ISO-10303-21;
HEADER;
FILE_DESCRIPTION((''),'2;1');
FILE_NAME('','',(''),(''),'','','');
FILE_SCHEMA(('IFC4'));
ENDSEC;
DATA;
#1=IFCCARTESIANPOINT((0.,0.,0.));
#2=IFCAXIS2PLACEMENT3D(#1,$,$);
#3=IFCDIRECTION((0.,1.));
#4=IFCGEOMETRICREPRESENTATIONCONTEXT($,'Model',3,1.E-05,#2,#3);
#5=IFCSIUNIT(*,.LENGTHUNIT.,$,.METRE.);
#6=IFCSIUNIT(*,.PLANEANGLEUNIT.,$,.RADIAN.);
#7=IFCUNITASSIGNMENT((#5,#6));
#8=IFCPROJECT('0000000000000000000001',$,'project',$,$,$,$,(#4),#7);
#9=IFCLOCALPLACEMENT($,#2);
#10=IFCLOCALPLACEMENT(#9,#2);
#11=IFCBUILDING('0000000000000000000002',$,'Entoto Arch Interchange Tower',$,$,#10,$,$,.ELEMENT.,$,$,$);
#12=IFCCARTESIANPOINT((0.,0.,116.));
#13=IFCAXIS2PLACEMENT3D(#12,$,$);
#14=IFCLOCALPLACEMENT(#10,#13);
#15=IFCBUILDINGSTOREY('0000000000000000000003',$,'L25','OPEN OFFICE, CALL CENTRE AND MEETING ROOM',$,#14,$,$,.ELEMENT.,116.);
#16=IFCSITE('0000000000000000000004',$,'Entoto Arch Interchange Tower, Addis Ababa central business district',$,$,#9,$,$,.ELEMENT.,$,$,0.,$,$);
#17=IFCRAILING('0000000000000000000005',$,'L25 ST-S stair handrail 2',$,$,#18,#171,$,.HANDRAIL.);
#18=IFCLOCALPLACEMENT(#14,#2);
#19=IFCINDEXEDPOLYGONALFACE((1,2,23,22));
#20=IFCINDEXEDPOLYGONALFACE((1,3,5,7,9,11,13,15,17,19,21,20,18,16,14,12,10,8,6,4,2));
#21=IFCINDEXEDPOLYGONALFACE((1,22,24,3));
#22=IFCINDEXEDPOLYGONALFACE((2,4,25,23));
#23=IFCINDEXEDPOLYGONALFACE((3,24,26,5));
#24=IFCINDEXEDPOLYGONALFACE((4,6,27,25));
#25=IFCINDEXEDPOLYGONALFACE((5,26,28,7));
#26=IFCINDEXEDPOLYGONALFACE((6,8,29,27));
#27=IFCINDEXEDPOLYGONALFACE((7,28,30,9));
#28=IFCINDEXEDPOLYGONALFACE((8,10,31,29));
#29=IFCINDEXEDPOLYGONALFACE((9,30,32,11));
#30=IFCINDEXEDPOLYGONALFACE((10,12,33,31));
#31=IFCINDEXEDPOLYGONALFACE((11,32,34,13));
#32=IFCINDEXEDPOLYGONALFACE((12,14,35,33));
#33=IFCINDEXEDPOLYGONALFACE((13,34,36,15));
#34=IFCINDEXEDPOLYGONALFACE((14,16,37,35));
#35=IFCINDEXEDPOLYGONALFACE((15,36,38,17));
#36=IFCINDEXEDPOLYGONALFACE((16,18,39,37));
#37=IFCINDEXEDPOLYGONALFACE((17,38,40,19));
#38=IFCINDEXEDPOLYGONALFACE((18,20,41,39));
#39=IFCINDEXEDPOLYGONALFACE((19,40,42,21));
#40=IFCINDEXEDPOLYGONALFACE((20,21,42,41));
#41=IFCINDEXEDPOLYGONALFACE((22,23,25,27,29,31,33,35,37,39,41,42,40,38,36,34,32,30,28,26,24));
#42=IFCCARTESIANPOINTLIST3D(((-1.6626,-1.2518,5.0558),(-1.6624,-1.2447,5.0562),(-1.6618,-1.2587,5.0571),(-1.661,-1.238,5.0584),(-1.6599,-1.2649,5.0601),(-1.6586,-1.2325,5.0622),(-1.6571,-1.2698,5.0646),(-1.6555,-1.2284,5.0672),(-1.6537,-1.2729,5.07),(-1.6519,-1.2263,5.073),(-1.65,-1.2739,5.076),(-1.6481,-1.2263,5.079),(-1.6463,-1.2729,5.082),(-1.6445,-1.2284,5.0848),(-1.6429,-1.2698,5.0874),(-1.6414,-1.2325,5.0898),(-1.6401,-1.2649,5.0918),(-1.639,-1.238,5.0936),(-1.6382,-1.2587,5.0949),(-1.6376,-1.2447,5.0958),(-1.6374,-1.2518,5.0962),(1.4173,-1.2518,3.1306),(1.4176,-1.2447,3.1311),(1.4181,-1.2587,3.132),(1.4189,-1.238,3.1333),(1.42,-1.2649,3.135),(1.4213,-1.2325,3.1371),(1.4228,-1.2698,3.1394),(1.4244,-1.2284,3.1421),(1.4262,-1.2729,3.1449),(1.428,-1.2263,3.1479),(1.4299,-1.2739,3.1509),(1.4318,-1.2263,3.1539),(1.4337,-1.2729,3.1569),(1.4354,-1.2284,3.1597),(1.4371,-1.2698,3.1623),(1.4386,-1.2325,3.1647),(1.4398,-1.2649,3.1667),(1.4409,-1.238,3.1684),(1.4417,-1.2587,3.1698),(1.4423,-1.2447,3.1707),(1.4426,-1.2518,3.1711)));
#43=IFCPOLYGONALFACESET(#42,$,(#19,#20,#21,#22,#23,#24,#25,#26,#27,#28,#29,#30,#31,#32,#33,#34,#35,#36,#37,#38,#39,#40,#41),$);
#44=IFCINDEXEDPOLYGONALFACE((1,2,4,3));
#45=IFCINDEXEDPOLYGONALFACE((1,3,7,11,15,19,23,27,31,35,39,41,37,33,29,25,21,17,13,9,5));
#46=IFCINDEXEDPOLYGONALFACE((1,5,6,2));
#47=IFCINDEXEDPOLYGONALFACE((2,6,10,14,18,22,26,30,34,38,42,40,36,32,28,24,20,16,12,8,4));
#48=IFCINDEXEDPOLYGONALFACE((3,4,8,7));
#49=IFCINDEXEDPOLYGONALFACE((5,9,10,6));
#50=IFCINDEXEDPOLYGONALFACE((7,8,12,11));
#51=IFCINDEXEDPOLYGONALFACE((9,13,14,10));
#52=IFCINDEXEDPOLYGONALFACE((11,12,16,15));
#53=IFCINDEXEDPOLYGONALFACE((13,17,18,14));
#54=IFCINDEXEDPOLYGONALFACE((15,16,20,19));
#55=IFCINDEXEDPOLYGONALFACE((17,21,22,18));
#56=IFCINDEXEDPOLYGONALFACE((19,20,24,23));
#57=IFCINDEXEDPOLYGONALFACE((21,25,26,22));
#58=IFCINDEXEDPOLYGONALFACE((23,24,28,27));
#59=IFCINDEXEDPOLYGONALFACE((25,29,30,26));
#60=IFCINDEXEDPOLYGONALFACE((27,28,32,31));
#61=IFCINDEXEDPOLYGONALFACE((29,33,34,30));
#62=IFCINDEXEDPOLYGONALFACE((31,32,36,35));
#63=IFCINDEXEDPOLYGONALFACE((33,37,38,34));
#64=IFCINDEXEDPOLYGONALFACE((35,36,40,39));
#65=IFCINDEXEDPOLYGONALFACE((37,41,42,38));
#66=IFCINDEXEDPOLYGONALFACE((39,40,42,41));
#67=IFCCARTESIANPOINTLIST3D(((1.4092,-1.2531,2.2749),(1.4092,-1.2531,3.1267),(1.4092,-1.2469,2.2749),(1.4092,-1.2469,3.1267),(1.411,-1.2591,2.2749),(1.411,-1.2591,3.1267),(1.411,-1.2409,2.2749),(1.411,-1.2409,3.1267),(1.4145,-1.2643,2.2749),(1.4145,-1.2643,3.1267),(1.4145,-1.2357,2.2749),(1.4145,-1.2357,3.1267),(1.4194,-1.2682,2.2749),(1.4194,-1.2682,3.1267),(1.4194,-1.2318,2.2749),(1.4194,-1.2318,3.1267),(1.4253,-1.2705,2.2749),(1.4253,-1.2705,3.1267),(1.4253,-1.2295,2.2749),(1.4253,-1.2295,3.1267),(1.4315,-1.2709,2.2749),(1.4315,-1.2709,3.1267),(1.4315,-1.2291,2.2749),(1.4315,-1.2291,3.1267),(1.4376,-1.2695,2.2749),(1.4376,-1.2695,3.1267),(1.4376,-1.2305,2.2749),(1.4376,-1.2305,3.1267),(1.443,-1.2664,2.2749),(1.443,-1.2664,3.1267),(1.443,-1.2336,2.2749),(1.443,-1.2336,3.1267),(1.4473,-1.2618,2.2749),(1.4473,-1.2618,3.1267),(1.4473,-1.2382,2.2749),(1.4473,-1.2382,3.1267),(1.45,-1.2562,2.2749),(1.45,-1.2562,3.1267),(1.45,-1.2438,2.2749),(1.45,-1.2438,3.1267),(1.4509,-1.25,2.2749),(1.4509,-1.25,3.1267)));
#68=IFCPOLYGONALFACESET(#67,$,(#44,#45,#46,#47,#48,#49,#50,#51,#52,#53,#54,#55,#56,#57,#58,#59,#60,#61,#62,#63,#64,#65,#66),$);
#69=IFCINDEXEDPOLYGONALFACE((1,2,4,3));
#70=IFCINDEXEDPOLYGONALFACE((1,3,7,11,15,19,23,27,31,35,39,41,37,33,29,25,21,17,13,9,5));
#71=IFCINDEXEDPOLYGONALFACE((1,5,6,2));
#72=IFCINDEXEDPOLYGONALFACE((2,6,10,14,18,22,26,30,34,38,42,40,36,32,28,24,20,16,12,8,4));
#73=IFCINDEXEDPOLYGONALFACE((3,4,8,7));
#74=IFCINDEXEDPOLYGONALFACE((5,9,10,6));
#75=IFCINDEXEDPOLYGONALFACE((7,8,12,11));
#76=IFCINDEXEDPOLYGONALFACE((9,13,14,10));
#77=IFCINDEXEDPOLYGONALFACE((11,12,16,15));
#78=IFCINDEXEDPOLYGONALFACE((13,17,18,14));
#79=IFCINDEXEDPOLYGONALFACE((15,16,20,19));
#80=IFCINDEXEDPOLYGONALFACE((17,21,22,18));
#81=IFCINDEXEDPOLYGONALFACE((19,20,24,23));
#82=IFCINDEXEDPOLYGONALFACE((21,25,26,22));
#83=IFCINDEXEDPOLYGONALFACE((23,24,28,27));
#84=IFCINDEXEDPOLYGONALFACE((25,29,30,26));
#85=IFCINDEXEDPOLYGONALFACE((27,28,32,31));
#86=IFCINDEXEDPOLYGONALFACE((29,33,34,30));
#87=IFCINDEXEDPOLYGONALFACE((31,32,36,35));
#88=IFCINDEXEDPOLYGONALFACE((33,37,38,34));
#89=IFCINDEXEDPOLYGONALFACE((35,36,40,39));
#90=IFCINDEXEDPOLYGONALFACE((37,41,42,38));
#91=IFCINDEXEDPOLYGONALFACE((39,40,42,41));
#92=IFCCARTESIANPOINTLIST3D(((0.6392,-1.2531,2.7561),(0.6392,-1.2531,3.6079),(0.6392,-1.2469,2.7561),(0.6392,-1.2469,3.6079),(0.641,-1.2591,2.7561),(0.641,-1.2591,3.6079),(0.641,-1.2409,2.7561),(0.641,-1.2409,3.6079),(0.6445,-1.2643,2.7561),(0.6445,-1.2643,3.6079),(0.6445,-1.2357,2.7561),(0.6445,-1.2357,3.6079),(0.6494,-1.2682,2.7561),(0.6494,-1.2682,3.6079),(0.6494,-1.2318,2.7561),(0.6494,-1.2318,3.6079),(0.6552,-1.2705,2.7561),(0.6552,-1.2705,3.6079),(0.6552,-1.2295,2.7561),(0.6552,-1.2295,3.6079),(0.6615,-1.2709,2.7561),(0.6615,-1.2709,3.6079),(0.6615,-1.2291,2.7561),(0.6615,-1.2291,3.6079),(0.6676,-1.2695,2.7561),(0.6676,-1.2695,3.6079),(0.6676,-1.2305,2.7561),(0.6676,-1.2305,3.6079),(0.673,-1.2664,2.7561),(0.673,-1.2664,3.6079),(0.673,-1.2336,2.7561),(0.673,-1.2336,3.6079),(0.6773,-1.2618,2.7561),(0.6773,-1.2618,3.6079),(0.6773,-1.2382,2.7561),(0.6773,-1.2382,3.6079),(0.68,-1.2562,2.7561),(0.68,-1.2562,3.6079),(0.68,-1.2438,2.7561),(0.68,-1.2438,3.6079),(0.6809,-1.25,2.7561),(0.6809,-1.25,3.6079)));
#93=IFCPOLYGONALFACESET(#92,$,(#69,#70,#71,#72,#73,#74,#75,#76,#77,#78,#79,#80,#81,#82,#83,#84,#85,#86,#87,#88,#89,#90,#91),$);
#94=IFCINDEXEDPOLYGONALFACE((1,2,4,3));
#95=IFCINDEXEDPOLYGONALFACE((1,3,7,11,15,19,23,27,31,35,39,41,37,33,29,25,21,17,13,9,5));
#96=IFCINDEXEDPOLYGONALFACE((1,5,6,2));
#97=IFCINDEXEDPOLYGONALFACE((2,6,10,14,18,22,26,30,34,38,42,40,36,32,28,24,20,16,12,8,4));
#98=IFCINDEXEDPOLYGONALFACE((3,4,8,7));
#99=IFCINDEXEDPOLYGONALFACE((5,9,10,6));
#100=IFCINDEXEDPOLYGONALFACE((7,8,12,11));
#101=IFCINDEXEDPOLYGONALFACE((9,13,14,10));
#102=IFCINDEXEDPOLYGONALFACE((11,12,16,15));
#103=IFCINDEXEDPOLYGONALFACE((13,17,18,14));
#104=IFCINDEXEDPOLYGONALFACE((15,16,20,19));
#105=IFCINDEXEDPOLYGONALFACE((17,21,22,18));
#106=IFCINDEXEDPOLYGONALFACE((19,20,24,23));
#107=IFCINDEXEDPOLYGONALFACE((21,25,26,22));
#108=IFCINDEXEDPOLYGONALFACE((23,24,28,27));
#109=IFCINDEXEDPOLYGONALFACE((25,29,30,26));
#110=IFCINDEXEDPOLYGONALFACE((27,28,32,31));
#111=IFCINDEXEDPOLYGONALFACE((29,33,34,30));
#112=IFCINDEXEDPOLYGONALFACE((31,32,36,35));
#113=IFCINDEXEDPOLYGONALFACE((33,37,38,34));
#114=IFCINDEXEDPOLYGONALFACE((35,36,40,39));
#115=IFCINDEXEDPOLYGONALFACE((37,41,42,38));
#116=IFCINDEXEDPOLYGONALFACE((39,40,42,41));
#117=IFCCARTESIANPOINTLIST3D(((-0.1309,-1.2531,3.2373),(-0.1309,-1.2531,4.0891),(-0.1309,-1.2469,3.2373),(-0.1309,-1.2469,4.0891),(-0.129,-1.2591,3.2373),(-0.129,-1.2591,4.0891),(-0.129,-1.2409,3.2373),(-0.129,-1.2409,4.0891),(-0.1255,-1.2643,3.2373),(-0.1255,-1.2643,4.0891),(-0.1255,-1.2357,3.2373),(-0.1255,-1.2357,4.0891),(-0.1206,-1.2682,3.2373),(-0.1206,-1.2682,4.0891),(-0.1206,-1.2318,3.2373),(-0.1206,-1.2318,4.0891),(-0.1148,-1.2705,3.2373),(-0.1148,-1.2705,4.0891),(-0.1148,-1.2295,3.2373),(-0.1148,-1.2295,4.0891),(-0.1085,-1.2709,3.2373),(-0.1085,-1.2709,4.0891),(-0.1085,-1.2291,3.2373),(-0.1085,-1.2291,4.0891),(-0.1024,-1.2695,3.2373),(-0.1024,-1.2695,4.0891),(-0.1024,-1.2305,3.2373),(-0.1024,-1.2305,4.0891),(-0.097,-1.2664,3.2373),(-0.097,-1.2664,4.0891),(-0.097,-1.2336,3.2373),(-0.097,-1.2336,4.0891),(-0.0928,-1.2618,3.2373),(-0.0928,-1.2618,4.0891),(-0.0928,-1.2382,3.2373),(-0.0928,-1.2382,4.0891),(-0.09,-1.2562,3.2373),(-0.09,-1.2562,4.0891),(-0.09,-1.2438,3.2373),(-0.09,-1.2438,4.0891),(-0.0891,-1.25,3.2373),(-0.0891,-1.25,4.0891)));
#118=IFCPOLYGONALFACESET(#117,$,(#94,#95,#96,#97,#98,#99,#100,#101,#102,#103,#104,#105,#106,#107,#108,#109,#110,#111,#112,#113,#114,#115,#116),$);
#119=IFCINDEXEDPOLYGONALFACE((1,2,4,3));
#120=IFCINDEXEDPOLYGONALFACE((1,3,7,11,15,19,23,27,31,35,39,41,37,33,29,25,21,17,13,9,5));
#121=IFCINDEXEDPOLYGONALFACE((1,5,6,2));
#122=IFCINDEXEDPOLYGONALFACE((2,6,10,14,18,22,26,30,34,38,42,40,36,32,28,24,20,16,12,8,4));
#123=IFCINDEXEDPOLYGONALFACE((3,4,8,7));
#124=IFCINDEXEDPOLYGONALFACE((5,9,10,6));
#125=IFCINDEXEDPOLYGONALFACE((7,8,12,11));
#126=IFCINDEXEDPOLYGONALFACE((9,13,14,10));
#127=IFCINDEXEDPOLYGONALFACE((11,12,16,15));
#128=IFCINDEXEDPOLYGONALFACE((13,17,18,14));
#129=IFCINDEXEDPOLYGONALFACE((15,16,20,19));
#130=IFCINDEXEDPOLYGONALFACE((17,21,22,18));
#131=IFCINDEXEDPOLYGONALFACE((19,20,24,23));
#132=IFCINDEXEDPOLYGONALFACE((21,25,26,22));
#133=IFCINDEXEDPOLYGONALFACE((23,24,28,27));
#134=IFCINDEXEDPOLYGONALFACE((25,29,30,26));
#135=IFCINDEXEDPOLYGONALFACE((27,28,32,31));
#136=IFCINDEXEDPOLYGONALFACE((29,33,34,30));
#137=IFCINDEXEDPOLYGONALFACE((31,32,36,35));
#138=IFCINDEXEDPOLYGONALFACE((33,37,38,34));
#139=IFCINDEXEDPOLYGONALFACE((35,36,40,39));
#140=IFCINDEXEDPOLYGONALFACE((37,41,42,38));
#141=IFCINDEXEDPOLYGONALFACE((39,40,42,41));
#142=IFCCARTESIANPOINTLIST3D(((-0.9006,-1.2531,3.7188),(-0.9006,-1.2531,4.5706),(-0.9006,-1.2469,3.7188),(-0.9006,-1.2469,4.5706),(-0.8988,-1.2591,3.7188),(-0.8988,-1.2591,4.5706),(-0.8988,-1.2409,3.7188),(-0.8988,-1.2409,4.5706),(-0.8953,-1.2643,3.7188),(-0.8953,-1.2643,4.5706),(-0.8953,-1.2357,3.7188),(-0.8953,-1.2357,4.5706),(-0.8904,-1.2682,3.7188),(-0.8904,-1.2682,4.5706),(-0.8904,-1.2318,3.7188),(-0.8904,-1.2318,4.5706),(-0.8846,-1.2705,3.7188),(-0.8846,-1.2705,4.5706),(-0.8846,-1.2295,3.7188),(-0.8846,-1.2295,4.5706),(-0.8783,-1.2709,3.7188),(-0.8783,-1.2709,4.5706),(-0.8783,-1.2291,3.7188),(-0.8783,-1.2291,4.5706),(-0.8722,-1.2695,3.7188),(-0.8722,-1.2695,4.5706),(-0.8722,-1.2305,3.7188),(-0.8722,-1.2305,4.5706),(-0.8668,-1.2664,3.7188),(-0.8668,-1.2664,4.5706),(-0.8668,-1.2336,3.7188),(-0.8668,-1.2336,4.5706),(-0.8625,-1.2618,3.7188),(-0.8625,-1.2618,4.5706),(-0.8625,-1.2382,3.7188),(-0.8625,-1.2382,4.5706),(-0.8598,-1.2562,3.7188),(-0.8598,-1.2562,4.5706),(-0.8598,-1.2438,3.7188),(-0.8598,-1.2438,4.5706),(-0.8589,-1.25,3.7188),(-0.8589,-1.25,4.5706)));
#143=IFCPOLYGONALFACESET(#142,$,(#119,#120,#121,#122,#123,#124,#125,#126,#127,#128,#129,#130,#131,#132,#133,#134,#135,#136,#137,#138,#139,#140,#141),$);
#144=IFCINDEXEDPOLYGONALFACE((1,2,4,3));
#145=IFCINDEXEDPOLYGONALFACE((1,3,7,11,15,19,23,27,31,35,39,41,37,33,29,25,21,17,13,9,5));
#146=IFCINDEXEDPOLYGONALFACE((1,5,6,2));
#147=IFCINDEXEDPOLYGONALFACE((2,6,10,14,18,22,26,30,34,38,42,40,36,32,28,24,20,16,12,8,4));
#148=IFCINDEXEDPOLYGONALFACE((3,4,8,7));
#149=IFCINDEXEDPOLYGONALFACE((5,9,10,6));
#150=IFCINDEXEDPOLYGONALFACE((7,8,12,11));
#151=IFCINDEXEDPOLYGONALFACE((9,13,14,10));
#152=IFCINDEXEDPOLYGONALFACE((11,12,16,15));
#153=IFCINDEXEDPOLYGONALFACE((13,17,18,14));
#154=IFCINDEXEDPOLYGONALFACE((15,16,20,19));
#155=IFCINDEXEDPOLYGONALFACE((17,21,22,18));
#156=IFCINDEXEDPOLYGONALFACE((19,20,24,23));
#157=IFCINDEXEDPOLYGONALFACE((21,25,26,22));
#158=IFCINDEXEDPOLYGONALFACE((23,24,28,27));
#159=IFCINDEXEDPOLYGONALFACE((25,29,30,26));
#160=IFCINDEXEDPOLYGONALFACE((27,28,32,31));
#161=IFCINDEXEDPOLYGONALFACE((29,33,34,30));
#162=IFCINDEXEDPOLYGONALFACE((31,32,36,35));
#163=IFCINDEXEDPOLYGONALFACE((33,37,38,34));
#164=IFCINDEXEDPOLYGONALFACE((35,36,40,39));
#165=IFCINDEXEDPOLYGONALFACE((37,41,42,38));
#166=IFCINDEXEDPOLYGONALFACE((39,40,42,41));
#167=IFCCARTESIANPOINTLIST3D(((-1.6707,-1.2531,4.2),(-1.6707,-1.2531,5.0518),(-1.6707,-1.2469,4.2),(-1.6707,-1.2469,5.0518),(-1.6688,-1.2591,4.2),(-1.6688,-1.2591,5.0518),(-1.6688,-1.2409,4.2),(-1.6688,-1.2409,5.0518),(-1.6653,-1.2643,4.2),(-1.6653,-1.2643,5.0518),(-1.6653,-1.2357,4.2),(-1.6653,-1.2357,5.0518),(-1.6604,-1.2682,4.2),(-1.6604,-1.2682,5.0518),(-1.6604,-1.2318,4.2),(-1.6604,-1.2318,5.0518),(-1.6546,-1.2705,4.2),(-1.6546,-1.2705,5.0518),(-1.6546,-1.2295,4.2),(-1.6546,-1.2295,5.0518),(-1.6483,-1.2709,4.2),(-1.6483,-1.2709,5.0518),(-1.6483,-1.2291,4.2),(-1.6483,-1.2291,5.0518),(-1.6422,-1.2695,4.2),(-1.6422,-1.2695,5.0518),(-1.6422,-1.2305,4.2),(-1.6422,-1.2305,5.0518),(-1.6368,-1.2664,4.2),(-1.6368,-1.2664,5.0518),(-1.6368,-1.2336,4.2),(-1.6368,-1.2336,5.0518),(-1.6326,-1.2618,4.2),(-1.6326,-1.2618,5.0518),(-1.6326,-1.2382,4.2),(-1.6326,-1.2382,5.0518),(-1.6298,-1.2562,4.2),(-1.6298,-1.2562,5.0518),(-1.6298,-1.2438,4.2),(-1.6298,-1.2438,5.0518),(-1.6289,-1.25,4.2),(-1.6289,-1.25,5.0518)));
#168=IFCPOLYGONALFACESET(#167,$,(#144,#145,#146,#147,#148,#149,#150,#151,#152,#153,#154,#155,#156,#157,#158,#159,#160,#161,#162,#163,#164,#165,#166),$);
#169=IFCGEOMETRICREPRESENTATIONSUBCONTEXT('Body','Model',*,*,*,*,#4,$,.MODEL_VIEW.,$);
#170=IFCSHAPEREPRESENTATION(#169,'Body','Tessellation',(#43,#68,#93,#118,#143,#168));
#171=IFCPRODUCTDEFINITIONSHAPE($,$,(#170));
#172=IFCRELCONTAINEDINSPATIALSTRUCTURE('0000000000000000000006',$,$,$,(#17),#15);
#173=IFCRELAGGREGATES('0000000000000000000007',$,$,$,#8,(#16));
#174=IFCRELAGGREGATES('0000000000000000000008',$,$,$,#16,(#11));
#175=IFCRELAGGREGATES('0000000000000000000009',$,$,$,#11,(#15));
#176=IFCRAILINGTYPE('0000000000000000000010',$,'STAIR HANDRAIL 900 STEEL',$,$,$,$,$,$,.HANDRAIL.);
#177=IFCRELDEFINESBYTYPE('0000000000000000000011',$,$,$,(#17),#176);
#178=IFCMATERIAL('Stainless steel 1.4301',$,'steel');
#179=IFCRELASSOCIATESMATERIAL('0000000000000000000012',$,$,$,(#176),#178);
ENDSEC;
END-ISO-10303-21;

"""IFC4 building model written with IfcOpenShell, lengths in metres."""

from ifc_helpers import new_model, si_unit, direction, frame, origin, origin_2d, place, context, subcontext, project, spatial, circle, extrude, material, type_object, element, save


model = new_model("IFC4")

# Units and contexts
model_context = context("Model", 3, precision=1e-05, world=origin(), true_north=direction((0.0, 1.0)))
body_context = subcontext(model_context, "Body", "Model", "MODEL_VIEW")
ifc_project = project(units=[si_unit("LENGTHUNIT", "METRE"), si_unit("PLANEANGLEUNIT", "RADIAN")], contexts=[model_context])

# Site, building, storey
site_placement = place(None, origin())
site = spatial("IfcSite", under=ifc_project, at=site_placement, Name="Entoto Arch Interchange Tower, Addis Ababa central business district", CompositionType="ELEMENT", RefElevation=0.0)
building_placement = place(site_placement, origin())
building = spatial("IfcBuilding", under=site, at=building_placement, Name="Entoto Arch Interchange Tower", CompositionType="ELEMENT")
storey_placement = place(building_placement, frame((0.0, 0.0, 116.0)))
storey = spatial("IfcBuildingStorey", under=building, at=storey_placement, Name="L25", Description="OPEN OFFICE, CALL CENTRE AND MEETING ROOM", CompositionType="ELEMENT", Elevation=116.0)

# Railing
ifc_material_1 = material(Name="Stainless steel 1.4301", Category="steel")
railing_type_1 = type_object("IfcRailingType", Name="STAIR HANDRAIL 900 STEEL", PredefinedType="HANDRAIL", material=ifc_material_1)
railing_1_placement = place(storey_placement, frame((1.4299, -1.25, 2.2749)))
element("IfcRailing", 1, at=railing_1_placement, inside=storey, type_object=railing_type_1, Name="L25 ST-S stair handrail 2", PredefinedType="HANDRAIL", context=body_context, shape_type="SweptSolid", body=[
    extrude(circle(Radius=0.0239, at=origin_2d()), frame((0.0, 0.0, 0.876), z_axis=(-0.847979, 0.0, 0.530029), x_axis=(0.0, -1.0, 0.0)), (0.0, 0.0, 1.0), 3.6321),
    extrude(circle(Radius=0.021, at=origin_2d()), origin(), (0.0, 0.0, 1.0), 0.8518),
    extrude(circle(Radius=0.021, at=origin_2d()), frame((-0.77, 0.0, 0.4812)), (0.0, 0.0, 1.0), 0.8518),
    extrude(circle(Radius=0.021, at=origin_2d()), frame((-1.54, 0.0, 0.9624)), (0.0, 0.0, 1.0), 0.8518),
    extrude(circle(Radius=0.021, at=origin_2d()), frame((-2.3098, 0.0, 1.4438)), (0.0, 0.0, 1.0), 0.8518),
    extrude(circle(Radius=0.021, at=origin_2d()), frame((-3.0798, 0.0, 1.925)), (0.0, 0.0, 1.0), 0.8518),
])

save(model, "model.ifc")
